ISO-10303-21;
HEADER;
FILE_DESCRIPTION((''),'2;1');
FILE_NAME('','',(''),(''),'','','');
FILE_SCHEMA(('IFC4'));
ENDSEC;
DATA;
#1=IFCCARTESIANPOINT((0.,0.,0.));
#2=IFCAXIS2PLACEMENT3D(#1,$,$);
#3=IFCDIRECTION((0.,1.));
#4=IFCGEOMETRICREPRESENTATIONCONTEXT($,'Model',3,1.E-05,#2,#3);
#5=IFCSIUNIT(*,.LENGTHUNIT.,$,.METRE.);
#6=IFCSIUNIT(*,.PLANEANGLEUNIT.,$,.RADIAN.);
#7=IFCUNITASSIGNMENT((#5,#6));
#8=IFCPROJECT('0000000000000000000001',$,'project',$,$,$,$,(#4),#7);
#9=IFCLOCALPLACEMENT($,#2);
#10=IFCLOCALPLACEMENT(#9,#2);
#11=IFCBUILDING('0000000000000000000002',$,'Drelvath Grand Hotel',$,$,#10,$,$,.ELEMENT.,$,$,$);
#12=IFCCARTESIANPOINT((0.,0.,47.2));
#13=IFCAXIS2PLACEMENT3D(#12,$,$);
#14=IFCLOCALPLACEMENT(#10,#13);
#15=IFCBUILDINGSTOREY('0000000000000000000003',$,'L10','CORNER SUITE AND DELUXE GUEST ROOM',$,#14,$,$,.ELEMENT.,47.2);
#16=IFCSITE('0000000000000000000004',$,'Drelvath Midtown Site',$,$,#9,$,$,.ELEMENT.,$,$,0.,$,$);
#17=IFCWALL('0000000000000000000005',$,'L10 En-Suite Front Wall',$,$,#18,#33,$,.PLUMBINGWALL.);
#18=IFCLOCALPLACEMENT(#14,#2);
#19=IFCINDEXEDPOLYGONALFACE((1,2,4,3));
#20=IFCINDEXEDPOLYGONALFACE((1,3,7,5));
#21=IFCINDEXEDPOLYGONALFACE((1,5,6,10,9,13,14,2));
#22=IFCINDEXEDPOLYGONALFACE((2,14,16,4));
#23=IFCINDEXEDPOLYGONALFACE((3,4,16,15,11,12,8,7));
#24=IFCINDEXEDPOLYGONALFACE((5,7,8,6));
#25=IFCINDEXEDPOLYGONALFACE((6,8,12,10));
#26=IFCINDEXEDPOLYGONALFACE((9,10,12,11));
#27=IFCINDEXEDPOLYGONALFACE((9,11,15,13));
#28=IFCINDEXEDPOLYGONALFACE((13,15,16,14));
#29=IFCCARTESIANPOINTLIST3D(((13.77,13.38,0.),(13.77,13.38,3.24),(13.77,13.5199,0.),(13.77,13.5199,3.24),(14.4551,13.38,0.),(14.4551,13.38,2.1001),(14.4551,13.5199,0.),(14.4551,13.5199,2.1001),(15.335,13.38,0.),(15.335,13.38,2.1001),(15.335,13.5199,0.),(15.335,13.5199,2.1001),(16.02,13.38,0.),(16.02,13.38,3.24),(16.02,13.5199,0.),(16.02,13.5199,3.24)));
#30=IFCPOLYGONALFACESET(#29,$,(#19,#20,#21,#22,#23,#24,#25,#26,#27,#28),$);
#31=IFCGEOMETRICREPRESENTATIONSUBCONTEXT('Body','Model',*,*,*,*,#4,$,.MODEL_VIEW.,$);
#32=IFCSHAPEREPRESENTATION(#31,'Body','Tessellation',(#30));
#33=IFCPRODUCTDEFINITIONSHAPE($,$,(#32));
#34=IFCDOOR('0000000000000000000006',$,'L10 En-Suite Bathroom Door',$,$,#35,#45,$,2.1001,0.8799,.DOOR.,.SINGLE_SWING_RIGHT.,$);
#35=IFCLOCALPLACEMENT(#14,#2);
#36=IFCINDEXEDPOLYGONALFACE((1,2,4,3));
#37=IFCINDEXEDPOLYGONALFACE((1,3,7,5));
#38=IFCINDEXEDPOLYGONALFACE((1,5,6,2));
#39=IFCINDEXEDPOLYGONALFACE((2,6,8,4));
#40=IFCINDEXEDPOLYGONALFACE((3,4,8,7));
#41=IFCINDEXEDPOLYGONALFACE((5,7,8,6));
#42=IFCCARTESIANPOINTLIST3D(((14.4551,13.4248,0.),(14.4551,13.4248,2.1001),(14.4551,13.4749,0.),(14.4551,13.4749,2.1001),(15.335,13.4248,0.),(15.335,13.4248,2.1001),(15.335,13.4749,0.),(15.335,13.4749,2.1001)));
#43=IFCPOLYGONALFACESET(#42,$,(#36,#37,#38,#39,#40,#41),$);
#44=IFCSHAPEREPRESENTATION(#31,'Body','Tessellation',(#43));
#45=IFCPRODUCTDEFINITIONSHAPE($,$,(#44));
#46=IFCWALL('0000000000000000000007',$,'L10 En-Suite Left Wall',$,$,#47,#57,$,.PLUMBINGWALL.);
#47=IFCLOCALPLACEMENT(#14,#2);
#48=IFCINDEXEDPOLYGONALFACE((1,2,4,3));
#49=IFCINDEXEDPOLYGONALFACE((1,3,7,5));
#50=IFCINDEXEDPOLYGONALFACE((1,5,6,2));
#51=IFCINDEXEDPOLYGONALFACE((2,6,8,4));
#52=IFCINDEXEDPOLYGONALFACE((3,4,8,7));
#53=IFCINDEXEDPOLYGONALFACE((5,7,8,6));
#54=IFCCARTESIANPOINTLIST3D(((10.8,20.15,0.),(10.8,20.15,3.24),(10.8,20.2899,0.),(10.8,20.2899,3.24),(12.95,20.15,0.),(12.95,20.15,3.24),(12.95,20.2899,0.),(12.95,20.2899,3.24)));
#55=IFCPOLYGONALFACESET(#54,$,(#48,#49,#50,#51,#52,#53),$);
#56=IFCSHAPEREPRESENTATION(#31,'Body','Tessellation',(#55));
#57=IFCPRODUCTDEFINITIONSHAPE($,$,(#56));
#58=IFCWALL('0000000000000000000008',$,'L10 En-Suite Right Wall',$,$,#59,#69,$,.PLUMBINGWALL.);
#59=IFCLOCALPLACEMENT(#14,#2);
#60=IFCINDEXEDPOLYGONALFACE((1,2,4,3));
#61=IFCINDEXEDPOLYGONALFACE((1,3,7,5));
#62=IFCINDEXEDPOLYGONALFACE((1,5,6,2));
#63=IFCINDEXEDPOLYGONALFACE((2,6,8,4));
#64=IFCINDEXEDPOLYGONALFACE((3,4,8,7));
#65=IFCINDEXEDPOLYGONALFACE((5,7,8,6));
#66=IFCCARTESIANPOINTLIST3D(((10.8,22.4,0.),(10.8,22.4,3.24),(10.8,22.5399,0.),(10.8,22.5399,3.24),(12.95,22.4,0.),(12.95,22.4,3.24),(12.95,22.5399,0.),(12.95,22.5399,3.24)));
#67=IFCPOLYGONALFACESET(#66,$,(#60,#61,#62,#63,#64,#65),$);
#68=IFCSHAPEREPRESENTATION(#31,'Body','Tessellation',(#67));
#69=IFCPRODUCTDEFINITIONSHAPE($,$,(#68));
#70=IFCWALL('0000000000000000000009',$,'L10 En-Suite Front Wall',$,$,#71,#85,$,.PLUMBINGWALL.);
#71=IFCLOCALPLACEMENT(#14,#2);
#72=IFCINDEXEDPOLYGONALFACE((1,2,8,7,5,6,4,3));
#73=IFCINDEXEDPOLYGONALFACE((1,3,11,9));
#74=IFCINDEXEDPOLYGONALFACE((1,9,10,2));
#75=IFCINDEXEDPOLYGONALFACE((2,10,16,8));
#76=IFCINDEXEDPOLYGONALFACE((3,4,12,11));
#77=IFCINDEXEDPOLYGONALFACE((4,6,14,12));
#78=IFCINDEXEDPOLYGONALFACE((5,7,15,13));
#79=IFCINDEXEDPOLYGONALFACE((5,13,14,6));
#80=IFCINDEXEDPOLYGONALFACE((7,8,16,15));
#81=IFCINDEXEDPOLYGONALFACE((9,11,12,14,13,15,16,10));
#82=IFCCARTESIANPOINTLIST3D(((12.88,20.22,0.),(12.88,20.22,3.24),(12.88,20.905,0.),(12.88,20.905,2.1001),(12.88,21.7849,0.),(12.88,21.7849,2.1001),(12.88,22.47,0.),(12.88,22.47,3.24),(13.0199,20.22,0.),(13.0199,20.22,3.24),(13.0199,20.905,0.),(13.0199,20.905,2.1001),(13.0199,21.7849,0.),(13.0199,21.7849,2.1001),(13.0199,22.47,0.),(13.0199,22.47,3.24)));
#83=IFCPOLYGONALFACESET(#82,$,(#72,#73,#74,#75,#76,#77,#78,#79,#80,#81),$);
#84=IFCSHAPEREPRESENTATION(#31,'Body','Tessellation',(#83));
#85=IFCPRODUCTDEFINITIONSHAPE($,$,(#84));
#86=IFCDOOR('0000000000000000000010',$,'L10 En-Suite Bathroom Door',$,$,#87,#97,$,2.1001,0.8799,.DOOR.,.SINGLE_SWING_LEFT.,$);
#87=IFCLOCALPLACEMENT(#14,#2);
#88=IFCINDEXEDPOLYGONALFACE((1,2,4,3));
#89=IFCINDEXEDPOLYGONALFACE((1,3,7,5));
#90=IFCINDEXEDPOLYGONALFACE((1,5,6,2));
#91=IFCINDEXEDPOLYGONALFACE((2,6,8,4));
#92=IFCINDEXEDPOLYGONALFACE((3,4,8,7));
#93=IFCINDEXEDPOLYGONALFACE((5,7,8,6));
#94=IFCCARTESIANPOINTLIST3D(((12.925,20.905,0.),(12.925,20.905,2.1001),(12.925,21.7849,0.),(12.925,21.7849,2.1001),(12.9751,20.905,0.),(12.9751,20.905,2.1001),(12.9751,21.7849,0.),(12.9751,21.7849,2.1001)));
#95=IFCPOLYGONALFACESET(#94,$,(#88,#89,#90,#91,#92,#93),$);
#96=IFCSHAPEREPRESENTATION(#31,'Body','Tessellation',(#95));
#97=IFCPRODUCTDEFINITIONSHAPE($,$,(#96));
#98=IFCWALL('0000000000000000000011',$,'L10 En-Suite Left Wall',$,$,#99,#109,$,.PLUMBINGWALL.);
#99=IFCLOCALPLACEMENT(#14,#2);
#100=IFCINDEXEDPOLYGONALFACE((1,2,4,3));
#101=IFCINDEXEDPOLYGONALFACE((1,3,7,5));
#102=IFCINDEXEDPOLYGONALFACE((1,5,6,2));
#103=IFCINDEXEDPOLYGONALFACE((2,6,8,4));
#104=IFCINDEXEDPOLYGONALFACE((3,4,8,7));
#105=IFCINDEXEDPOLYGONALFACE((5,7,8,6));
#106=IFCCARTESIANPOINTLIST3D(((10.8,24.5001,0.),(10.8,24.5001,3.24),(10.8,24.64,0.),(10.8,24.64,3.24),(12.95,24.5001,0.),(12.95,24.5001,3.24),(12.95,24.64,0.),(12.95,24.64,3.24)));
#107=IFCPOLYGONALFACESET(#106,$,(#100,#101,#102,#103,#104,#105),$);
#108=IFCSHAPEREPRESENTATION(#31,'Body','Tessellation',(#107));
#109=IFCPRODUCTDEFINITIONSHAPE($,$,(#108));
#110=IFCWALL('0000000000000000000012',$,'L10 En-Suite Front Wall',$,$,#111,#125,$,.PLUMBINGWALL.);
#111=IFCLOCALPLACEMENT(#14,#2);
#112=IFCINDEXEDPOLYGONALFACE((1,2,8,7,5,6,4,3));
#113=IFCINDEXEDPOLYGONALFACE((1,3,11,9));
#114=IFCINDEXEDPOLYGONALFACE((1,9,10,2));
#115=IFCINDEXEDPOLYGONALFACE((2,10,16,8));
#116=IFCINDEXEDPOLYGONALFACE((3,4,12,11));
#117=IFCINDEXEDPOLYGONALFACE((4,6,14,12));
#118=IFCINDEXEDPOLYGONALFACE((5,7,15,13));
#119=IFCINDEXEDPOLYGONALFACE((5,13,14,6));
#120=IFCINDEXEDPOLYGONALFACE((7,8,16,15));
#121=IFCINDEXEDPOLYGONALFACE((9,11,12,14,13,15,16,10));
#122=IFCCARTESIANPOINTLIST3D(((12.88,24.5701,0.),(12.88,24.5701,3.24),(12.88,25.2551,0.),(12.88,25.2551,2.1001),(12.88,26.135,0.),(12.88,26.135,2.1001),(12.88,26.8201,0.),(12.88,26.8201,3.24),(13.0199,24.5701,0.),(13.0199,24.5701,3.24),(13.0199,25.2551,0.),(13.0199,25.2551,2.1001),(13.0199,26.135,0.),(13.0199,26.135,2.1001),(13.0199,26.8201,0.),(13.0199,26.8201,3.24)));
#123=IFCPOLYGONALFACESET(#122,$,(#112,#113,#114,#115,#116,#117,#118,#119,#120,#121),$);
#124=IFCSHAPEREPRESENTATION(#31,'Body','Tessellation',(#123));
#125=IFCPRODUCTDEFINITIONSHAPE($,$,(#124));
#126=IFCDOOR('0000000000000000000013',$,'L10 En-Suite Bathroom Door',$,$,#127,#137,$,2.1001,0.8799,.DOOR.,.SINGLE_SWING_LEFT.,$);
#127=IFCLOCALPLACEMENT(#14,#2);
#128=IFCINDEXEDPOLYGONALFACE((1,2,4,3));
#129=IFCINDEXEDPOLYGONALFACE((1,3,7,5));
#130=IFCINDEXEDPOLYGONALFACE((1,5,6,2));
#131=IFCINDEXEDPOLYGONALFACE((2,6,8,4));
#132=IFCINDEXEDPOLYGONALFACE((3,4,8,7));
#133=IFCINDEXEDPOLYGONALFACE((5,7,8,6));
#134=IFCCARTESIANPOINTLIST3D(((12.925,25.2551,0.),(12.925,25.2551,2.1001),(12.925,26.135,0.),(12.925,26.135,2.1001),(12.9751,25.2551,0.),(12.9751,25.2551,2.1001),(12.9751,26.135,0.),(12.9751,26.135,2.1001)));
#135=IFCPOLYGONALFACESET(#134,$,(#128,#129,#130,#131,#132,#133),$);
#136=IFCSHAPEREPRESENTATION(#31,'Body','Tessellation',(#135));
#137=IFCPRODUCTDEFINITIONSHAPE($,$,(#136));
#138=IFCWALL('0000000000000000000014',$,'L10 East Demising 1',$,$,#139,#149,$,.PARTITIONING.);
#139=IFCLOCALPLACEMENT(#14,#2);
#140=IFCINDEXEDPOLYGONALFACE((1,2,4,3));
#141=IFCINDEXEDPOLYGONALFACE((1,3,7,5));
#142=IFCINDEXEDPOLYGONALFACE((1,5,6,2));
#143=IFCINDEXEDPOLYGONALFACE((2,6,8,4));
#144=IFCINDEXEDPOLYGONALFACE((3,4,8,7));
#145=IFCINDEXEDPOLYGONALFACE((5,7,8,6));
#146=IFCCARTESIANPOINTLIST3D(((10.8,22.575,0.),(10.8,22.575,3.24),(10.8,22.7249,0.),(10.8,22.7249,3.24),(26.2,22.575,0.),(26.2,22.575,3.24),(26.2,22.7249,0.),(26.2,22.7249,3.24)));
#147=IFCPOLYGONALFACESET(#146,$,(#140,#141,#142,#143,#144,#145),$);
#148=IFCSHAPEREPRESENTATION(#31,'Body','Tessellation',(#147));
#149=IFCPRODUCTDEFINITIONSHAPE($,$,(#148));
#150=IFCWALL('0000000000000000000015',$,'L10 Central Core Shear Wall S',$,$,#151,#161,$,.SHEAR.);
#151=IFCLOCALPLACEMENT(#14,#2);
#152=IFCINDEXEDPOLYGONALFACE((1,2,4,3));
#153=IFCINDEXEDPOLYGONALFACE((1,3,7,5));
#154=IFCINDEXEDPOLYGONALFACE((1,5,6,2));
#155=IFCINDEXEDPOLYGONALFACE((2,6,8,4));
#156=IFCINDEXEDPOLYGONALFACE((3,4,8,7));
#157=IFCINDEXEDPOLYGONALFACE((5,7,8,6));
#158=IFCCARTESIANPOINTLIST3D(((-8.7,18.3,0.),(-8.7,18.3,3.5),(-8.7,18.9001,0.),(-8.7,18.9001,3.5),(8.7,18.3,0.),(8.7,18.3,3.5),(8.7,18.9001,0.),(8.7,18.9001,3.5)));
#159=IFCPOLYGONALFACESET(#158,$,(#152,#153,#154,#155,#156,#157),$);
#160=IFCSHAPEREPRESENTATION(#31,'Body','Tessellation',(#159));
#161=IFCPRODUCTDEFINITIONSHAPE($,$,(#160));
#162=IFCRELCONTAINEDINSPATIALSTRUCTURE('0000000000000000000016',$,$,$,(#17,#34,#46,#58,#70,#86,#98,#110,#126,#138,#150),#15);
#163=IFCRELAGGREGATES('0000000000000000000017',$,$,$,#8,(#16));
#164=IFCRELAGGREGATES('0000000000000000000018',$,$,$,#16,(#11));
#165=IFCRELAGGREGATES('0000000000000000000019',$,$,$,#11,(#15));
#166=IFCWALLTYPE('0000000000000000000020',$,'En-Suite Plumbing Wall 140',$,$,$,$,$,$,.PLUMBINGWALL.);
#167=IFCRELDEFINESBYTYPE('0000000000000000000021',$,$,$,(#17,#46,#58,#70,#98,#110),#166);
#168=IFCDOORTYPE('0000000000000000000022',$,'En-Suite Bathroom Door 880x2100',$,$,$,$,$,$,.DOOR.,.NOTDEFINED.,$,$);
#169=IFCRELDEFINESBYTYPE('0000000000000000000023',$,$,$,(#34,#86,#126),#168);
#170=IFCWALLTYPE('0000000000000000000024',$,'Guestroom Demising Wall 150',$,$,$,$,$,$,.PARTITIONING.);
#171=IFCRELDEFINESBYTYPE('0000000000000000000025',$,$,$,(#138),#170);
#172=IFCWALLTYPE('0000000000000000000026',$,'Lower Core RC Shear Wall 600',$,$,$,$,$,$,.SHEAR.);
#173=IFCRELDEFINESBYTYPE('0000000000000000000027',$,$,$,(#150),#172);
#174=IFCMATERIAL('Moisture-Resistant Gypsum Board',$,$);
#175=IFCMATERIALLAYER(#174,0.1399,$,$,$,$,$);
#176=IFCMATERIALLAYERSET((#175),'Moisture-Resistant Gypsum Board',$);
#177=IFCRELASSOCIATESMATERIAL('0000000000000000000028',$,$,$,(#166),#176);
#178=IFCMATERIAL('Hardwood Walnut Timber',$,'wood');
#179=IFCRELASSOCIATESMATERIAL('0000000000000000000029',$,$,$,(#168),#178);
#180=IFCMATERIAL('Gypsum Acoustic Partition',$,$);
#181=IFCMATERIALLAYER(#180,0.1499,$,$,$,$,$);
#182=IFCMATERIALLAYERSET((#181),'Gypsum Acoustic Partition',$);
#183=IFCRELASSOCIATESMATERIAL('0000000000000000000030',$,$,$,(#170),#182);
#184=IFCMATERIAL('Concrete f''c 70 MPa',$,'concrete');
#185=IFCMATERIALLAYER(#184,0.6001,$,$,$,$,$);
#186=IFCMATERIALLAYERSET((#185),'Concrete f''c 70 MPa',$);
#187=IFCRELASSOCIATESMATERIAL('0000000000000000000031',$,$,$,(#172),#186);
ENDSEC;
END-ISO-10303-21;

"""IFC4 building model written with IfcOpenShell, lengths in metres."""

from ifc_helpers import new_model, si_unit, direction, frame, frame_2d, origin, place, context, subcontext, project, spatial, rectangle, extrude, material, layer, layer_set, type_object, element, fill, save


model = new_model("IFC4")

# Units and contexts
model_context = context("Model", 3, precision=1e-05, world=origin(), true_north=direction((0.0, 1.0)))
body_context = subcontext(model_context, "Body", "Model", "MODEL_VIEW")
ifc_project = project(units=[si_unit("LENGTHUNIT", "METRE"), si_unit("PLANEANGLEUNIT", "RADIAN")], contexts=[model_context])

# Site, building, storey
site_placement = place(None, origin())
site = spatial("IfcSite", under=ifc_project, at=site_placement, Name="Drelvath Midtown Site", CompositionType="ELEMENT", RefElevation=0.0)
building_placement = place(site_placement, origin())
building = spatial("IfcBuilding", under=site, at=building_placement, Name="Drelvath Grand Hotel", CompositionType="ELEMENT")
storey_placement = place(building_placement, frame((0.0, 0.0, 47.2)))
storey = spatial("IfcBuildingStorey", under=building, at=storey_placement, Name="L10", Description="CORNER SUITE AND DELUXE GUEST ROOM", CompositionType="ELEMENT", Elevation=47.2)

# Shared definitions
ifc_material_1 = material(Name="Concrete f'c 70 MPa", Category="concrete")

# Shared definitions
ifc_material_2 = material(Name="Hardwood Walnut Timber", Category="wood")

# Shared definitions
ifc_material_3 = material(Name="Moisture-Resistant Gypsum Board")
ifc_layer_1 = layer(ifc_material_3, 0.1399)
ifc_layer_set_1 = layer_set([ifc_layer_1], Name="Moisture-Resistant Gypsum Board")
wall_type_1 = type_object("IfcWallType", Name="En-Suite Plumbing Wall 140", PredefinedType="PLUMBINGWALL", material=ifc_layer_set_1)

# Wall, opening, door
wall_1_placement = place(storey_placement, frame((13.77, 13.45, 0.0), z_axis=(0.0, 0.0, 1.0), x_axis=(1.0, 0.0, 0.0)))
wall_1 = element("IfcWall", 1, at=wall_1_placement, inside=storey, type_object=wall_type_1, Name="L10 En-Suite Front Wall", PredefinedType="PLUMBINGWALL", context=body_context, shape_type="SweptSolid", body=[
    extrude(rectangle(XDim=2.25, YDim=0.1399, at=frame_2d((1.125, 0.0))), origin(), (0.0, 0.0, 1.0), 3.24),
])
opening_1_placement = place(wall_1_placement, frame((0.6851, 0.0, 0.0)))
opening_1 = element("IfcOpeningElement", 2, at=opening_1_placement, cuts=wall_1, PredefinedType="OPENING", context=body_context, shape_type="SweptSolid", body=[
    extrude(rectangle(XDim=0.8799, YDim=2.1001, at=frame_2d((0.4399, 1.05))), frame((0.0, 0.0798, 0.0), z_axis=(0.0, -1.0, 0.0), x_axis=(1.0, 0.0, 0.0)), (0.0, 0.0, 1.0), 0.1599),
])
door_type_1 = type_object("IfcDoorType", Name="En-Suite Bathroom Door 880x2100", OperationType="NOTDEFINED", PredefinedType="DOOR", material=ifc_material_2)
door_1_placement = place(opening_1_placement, origin())
door_1 = element("IfcDoor", 3, at=door_1_placement, inside=storey, type_object=door_type_1, Name="L10 En-Suite Bathroom Door", OperationType="SINGLE_SWING_RIGHT", OverallHeight=2.1001, OverallWidth=0.8799, PredefinedType="DOOR", context=body_context, shape_type="SweptSolid", body=[
    extrude(rectangle(XDim=0.8799, YDim=2.1001, at=frame_2d((0.4399, 1.05))), frame((0.0, 0.0249, 0.0), z_axis=(0.0, -1.0, 0.0), x_axis=(1.0, 0.0, 0.0)), (0.0, 0.0, 1.0), 0.05),
])
fill(opening_1, door_1)

# Walls
for number, where, z_axis, x_axis, name in (
    (4, (10.8, 20.22, 0.0), (0.0, 0.0, 1.0), (1.0, 0.0, 0.0), "L10 En-Suite Left Wall"),
    (5, (10.8, 22.47, 0.0), (0.0, 0.0, 1.0), (1.0, 0.0, 0.0), "L10 En-Suite Right Wall"),
):
    element("IfcWall", number, at=place(storey_placement, frame(where, z_axis=z_axis, x_axis=x_axis)), inside=storey, type_object=wall_type_1, Name=name, PredefinedType="PLUMBINGWALL", context=body_context, shape_type="SweptSolid", body=[
        extrude(rectangle(XDim=2.1499, YDim=0.1399, at=frame_2d((1.075, 0.0))), origin(), (0.0, 0.0, 1.0), 3.24),
    ])

# Wall, opening, door
wall_2_placement = place(storey_placement, frame((12.95, 20.22, 0.0), z_axis=(0.0, 0.0, 1.0), x_axis=(0.0, 1.0, 0.0)))
wall_2 = element("IfcWall", 6, at=wall_2_placement, inside=storey, type_object=wall_type_1, Name="L10 En-Suite Front Wall", PredefinedType="PLUMBINGWALL", context=body_context, shape_type="SweptSolid", body=[
    extrude(rectangle(XDim=2.25, YDim=0.1399, at=frame_2d((1.125, 0.0))), origin(), (0.0, 0.0, 1.0), 3.24),
])
opening_2_placement = place(wall_2_placement, frame((0.6851, 0.0, 0.0)))
opening_2 = element("IfcOpeningElement", 7, at=opening_2_placement, cuts=wall_2, PredefinedType="OPENING", context=body_context, shape_type="SweptSolid", body=[
    extrude(rectangle(XDim=0.8799, YDim=2.1001, at=frame_2d((0.4399, 1.05))), frame((0.0, 0.0798, 0.0), z_axis=(0.0, -1.0, 0.0), x_axis=(1.0, 0.0, 0.0)), (0.0, 0.0, 1.0), 0.1599),
])
door_2_placement = place(opening_2_placement, origin())
door_2 = element("IfcDoor", 8, at=door_2_placement, inside=storey, type_object=door_type_1, Name="L10 En-Suite Bathroom Door", OperationType="SINGLE_SWING_LEFT", OverallHeight=2.1001, OverallWidth=0.8799, PredefinedType="DOOR", context=body_context, shape_type="SweptSolid", body=[
    extrude(rectangle(XDim=0.8799, YDim=2.1001, at=frame_2d((0.4399, 1.05))), frame((0.0, 0.0249, 0.0), z_axis=(0.0, -1.0, 0.0), x_axis=(1.0, 0.0, 0.0)), (0.0, 0.0, 1.0), 0.05),
])
fill(opening_2, door_2)

# Wall
wall_3_placement = place(storey_placement, frame((10.8, 24.5701, 0.0), z_axis=(0.0, 0.0, 1.0), x_axis=(1.0, 0.0, 0.0)))
element("IfcWall", 9, at=wall_3_placement, inside=storey, type_object=wall_type_1, Name="L10 En-Suite Left Wall", PredefinedType="PLUMBINGWALL", context=body_context, shape_type="SweptSolid", body=[
    extrude(rectangle(XDim=2.1499, YDim=0.1399, at=frame_2d((1.075, 0.0))), origin(), (0.0, 0.0, 1.0), 3.24),
])

# Wall, opening, door
wall_4_placement = place(storey_placement, frame((12.95, 24.5701, 0.0), z_axis=(0.0, 0.0, 1.0), x_axis=(0.0, 1.0, 0.0)))
wall_4 = element("IfcWall", 10, at=wall_4_placement, inside=storey, type_object=wall_type_1, Name="L10 En-Suite Front Wall", PredefinedType="PLUMBINGWALL", context=body_context, shape_type="SweptSolid", body=[
    extrude(rectangle(XDim=2.25, YDim=0.1399, at=frame_2d((1.125, 0.0))), origin(), (0.0, 0.0, 1.0), 3.24),
])
opening_3_placement = place(wall_4_placement, frame((0.6851, 0.0, 0.0)))
opening_3 = element("IfcOpeningElement", 11, at=opening_3_placement, cuts=wall_4, PredefinedType="OPENING", context=body_context, shape_type="SweptSolid", body=[
    extrude(rectangle(XDim=0.8799, YDim=2.1001, at=frame_2d((0.4399, 1.05))), frame((0.0, 0.0798, 0.0), z_axis=(0.0, -1.0, 0.0), x_axis=(1.0, 0.0, 0.0)), (0.0, 0.0, 1.0), 0.1599),
])
door_3_placement = place(opening_3_placement, origin())
door_3 = element("IfcDoor", 12, at=door_3_placement, inside=storey, type_object=door_type_1, Name="L10 En-Suite Bathroom Door", OperationType="SINGLE_SWING_LEFT", OverallHeight=2.1001, OverallWidth=0.8799, PredefinedType="DOOR", context=body_context, shape_type="SweptSolid", body=[
    extrude(rectangle(XDim=0.8799, YDim=2.1001, at=frame_2d((0.4399, 1.05))), frame((0.0, 0.0249, 0.0), z_axis=(0.0, -1.0, 0.0), x_axis=(1.0, 0.0, 0.0)), (0.0, 0.0, 1.0), 0.05),
])
fill(opening_3, door_3)

# Walls
ifc_material_4 = material(Name="Gypsum Acoustic Partition")
ifc_layer_2 = layer(ifc_material_4, 0.1499)
ifc_layer_set_2 = layer_set([ifc_layer_2], Name="Gypsum Acoustic Partition")
wall_type_2 = type_object("IfcWallType", Name="Guestroom Demising Wall 150", PredefinedType="PARTITIONING", material=ifc_layer_set_2)
wall_5_placement = place(storey_placement, frame((10.8, 22.6499, 0.0), z_axis=(0.0, 0.0, 1.0), x_axis=(1.0, 0.0, 0.0)))
element("IfcWall", 13, at=wall_5_placement, inside=storey, type_object=wall_type_2, Name="L10 East Demising 1", PredefinedType="PARTITIONING", context=body_context, shape_type="SweptSolid", body=[
    extrude(rectangle(XDim=15.3999, YDim=0.1499, at=frame_2d((7.7, 0.0))), origin(), (0.0, 0.0, 1.0), 3.24),
])
ifc_layer_3 = layer(ifc_material_1, 0.6001)
ifc_layer_set_3 = layer_set([ifc_layer_3], Name="Concrete f'c 70 MPa")
wall_type_3 = type_object("IfcWallType", Name="Lower Core RC Shear Wall 600", PredefinedType="SHEAR", material=ifc_layer_set_3)
wall_6_placement = place(storey_placement, frame((8.7, 18.6001, 0.0), z_axis=(0.0, 0.0, 1.0), x_axis=(-1.0, 0.0, 0.0)))
element("IfcWall", 14, at=wall_6_placement, inside=storey, type_object=wall_type_3, Name="L10 Central Core Shear Wall S", PredefinedType="SHEAR", context=body_context, shape_type="SweptSolid", body=[
    extrude(rectangle(XDim=17.3999, YDim=0.6001, at=frame_2d((8.7, 0.0))), origin(), (0.0, 0.0, 1.0), 3.5),
])

save(model, "model.ifc")
